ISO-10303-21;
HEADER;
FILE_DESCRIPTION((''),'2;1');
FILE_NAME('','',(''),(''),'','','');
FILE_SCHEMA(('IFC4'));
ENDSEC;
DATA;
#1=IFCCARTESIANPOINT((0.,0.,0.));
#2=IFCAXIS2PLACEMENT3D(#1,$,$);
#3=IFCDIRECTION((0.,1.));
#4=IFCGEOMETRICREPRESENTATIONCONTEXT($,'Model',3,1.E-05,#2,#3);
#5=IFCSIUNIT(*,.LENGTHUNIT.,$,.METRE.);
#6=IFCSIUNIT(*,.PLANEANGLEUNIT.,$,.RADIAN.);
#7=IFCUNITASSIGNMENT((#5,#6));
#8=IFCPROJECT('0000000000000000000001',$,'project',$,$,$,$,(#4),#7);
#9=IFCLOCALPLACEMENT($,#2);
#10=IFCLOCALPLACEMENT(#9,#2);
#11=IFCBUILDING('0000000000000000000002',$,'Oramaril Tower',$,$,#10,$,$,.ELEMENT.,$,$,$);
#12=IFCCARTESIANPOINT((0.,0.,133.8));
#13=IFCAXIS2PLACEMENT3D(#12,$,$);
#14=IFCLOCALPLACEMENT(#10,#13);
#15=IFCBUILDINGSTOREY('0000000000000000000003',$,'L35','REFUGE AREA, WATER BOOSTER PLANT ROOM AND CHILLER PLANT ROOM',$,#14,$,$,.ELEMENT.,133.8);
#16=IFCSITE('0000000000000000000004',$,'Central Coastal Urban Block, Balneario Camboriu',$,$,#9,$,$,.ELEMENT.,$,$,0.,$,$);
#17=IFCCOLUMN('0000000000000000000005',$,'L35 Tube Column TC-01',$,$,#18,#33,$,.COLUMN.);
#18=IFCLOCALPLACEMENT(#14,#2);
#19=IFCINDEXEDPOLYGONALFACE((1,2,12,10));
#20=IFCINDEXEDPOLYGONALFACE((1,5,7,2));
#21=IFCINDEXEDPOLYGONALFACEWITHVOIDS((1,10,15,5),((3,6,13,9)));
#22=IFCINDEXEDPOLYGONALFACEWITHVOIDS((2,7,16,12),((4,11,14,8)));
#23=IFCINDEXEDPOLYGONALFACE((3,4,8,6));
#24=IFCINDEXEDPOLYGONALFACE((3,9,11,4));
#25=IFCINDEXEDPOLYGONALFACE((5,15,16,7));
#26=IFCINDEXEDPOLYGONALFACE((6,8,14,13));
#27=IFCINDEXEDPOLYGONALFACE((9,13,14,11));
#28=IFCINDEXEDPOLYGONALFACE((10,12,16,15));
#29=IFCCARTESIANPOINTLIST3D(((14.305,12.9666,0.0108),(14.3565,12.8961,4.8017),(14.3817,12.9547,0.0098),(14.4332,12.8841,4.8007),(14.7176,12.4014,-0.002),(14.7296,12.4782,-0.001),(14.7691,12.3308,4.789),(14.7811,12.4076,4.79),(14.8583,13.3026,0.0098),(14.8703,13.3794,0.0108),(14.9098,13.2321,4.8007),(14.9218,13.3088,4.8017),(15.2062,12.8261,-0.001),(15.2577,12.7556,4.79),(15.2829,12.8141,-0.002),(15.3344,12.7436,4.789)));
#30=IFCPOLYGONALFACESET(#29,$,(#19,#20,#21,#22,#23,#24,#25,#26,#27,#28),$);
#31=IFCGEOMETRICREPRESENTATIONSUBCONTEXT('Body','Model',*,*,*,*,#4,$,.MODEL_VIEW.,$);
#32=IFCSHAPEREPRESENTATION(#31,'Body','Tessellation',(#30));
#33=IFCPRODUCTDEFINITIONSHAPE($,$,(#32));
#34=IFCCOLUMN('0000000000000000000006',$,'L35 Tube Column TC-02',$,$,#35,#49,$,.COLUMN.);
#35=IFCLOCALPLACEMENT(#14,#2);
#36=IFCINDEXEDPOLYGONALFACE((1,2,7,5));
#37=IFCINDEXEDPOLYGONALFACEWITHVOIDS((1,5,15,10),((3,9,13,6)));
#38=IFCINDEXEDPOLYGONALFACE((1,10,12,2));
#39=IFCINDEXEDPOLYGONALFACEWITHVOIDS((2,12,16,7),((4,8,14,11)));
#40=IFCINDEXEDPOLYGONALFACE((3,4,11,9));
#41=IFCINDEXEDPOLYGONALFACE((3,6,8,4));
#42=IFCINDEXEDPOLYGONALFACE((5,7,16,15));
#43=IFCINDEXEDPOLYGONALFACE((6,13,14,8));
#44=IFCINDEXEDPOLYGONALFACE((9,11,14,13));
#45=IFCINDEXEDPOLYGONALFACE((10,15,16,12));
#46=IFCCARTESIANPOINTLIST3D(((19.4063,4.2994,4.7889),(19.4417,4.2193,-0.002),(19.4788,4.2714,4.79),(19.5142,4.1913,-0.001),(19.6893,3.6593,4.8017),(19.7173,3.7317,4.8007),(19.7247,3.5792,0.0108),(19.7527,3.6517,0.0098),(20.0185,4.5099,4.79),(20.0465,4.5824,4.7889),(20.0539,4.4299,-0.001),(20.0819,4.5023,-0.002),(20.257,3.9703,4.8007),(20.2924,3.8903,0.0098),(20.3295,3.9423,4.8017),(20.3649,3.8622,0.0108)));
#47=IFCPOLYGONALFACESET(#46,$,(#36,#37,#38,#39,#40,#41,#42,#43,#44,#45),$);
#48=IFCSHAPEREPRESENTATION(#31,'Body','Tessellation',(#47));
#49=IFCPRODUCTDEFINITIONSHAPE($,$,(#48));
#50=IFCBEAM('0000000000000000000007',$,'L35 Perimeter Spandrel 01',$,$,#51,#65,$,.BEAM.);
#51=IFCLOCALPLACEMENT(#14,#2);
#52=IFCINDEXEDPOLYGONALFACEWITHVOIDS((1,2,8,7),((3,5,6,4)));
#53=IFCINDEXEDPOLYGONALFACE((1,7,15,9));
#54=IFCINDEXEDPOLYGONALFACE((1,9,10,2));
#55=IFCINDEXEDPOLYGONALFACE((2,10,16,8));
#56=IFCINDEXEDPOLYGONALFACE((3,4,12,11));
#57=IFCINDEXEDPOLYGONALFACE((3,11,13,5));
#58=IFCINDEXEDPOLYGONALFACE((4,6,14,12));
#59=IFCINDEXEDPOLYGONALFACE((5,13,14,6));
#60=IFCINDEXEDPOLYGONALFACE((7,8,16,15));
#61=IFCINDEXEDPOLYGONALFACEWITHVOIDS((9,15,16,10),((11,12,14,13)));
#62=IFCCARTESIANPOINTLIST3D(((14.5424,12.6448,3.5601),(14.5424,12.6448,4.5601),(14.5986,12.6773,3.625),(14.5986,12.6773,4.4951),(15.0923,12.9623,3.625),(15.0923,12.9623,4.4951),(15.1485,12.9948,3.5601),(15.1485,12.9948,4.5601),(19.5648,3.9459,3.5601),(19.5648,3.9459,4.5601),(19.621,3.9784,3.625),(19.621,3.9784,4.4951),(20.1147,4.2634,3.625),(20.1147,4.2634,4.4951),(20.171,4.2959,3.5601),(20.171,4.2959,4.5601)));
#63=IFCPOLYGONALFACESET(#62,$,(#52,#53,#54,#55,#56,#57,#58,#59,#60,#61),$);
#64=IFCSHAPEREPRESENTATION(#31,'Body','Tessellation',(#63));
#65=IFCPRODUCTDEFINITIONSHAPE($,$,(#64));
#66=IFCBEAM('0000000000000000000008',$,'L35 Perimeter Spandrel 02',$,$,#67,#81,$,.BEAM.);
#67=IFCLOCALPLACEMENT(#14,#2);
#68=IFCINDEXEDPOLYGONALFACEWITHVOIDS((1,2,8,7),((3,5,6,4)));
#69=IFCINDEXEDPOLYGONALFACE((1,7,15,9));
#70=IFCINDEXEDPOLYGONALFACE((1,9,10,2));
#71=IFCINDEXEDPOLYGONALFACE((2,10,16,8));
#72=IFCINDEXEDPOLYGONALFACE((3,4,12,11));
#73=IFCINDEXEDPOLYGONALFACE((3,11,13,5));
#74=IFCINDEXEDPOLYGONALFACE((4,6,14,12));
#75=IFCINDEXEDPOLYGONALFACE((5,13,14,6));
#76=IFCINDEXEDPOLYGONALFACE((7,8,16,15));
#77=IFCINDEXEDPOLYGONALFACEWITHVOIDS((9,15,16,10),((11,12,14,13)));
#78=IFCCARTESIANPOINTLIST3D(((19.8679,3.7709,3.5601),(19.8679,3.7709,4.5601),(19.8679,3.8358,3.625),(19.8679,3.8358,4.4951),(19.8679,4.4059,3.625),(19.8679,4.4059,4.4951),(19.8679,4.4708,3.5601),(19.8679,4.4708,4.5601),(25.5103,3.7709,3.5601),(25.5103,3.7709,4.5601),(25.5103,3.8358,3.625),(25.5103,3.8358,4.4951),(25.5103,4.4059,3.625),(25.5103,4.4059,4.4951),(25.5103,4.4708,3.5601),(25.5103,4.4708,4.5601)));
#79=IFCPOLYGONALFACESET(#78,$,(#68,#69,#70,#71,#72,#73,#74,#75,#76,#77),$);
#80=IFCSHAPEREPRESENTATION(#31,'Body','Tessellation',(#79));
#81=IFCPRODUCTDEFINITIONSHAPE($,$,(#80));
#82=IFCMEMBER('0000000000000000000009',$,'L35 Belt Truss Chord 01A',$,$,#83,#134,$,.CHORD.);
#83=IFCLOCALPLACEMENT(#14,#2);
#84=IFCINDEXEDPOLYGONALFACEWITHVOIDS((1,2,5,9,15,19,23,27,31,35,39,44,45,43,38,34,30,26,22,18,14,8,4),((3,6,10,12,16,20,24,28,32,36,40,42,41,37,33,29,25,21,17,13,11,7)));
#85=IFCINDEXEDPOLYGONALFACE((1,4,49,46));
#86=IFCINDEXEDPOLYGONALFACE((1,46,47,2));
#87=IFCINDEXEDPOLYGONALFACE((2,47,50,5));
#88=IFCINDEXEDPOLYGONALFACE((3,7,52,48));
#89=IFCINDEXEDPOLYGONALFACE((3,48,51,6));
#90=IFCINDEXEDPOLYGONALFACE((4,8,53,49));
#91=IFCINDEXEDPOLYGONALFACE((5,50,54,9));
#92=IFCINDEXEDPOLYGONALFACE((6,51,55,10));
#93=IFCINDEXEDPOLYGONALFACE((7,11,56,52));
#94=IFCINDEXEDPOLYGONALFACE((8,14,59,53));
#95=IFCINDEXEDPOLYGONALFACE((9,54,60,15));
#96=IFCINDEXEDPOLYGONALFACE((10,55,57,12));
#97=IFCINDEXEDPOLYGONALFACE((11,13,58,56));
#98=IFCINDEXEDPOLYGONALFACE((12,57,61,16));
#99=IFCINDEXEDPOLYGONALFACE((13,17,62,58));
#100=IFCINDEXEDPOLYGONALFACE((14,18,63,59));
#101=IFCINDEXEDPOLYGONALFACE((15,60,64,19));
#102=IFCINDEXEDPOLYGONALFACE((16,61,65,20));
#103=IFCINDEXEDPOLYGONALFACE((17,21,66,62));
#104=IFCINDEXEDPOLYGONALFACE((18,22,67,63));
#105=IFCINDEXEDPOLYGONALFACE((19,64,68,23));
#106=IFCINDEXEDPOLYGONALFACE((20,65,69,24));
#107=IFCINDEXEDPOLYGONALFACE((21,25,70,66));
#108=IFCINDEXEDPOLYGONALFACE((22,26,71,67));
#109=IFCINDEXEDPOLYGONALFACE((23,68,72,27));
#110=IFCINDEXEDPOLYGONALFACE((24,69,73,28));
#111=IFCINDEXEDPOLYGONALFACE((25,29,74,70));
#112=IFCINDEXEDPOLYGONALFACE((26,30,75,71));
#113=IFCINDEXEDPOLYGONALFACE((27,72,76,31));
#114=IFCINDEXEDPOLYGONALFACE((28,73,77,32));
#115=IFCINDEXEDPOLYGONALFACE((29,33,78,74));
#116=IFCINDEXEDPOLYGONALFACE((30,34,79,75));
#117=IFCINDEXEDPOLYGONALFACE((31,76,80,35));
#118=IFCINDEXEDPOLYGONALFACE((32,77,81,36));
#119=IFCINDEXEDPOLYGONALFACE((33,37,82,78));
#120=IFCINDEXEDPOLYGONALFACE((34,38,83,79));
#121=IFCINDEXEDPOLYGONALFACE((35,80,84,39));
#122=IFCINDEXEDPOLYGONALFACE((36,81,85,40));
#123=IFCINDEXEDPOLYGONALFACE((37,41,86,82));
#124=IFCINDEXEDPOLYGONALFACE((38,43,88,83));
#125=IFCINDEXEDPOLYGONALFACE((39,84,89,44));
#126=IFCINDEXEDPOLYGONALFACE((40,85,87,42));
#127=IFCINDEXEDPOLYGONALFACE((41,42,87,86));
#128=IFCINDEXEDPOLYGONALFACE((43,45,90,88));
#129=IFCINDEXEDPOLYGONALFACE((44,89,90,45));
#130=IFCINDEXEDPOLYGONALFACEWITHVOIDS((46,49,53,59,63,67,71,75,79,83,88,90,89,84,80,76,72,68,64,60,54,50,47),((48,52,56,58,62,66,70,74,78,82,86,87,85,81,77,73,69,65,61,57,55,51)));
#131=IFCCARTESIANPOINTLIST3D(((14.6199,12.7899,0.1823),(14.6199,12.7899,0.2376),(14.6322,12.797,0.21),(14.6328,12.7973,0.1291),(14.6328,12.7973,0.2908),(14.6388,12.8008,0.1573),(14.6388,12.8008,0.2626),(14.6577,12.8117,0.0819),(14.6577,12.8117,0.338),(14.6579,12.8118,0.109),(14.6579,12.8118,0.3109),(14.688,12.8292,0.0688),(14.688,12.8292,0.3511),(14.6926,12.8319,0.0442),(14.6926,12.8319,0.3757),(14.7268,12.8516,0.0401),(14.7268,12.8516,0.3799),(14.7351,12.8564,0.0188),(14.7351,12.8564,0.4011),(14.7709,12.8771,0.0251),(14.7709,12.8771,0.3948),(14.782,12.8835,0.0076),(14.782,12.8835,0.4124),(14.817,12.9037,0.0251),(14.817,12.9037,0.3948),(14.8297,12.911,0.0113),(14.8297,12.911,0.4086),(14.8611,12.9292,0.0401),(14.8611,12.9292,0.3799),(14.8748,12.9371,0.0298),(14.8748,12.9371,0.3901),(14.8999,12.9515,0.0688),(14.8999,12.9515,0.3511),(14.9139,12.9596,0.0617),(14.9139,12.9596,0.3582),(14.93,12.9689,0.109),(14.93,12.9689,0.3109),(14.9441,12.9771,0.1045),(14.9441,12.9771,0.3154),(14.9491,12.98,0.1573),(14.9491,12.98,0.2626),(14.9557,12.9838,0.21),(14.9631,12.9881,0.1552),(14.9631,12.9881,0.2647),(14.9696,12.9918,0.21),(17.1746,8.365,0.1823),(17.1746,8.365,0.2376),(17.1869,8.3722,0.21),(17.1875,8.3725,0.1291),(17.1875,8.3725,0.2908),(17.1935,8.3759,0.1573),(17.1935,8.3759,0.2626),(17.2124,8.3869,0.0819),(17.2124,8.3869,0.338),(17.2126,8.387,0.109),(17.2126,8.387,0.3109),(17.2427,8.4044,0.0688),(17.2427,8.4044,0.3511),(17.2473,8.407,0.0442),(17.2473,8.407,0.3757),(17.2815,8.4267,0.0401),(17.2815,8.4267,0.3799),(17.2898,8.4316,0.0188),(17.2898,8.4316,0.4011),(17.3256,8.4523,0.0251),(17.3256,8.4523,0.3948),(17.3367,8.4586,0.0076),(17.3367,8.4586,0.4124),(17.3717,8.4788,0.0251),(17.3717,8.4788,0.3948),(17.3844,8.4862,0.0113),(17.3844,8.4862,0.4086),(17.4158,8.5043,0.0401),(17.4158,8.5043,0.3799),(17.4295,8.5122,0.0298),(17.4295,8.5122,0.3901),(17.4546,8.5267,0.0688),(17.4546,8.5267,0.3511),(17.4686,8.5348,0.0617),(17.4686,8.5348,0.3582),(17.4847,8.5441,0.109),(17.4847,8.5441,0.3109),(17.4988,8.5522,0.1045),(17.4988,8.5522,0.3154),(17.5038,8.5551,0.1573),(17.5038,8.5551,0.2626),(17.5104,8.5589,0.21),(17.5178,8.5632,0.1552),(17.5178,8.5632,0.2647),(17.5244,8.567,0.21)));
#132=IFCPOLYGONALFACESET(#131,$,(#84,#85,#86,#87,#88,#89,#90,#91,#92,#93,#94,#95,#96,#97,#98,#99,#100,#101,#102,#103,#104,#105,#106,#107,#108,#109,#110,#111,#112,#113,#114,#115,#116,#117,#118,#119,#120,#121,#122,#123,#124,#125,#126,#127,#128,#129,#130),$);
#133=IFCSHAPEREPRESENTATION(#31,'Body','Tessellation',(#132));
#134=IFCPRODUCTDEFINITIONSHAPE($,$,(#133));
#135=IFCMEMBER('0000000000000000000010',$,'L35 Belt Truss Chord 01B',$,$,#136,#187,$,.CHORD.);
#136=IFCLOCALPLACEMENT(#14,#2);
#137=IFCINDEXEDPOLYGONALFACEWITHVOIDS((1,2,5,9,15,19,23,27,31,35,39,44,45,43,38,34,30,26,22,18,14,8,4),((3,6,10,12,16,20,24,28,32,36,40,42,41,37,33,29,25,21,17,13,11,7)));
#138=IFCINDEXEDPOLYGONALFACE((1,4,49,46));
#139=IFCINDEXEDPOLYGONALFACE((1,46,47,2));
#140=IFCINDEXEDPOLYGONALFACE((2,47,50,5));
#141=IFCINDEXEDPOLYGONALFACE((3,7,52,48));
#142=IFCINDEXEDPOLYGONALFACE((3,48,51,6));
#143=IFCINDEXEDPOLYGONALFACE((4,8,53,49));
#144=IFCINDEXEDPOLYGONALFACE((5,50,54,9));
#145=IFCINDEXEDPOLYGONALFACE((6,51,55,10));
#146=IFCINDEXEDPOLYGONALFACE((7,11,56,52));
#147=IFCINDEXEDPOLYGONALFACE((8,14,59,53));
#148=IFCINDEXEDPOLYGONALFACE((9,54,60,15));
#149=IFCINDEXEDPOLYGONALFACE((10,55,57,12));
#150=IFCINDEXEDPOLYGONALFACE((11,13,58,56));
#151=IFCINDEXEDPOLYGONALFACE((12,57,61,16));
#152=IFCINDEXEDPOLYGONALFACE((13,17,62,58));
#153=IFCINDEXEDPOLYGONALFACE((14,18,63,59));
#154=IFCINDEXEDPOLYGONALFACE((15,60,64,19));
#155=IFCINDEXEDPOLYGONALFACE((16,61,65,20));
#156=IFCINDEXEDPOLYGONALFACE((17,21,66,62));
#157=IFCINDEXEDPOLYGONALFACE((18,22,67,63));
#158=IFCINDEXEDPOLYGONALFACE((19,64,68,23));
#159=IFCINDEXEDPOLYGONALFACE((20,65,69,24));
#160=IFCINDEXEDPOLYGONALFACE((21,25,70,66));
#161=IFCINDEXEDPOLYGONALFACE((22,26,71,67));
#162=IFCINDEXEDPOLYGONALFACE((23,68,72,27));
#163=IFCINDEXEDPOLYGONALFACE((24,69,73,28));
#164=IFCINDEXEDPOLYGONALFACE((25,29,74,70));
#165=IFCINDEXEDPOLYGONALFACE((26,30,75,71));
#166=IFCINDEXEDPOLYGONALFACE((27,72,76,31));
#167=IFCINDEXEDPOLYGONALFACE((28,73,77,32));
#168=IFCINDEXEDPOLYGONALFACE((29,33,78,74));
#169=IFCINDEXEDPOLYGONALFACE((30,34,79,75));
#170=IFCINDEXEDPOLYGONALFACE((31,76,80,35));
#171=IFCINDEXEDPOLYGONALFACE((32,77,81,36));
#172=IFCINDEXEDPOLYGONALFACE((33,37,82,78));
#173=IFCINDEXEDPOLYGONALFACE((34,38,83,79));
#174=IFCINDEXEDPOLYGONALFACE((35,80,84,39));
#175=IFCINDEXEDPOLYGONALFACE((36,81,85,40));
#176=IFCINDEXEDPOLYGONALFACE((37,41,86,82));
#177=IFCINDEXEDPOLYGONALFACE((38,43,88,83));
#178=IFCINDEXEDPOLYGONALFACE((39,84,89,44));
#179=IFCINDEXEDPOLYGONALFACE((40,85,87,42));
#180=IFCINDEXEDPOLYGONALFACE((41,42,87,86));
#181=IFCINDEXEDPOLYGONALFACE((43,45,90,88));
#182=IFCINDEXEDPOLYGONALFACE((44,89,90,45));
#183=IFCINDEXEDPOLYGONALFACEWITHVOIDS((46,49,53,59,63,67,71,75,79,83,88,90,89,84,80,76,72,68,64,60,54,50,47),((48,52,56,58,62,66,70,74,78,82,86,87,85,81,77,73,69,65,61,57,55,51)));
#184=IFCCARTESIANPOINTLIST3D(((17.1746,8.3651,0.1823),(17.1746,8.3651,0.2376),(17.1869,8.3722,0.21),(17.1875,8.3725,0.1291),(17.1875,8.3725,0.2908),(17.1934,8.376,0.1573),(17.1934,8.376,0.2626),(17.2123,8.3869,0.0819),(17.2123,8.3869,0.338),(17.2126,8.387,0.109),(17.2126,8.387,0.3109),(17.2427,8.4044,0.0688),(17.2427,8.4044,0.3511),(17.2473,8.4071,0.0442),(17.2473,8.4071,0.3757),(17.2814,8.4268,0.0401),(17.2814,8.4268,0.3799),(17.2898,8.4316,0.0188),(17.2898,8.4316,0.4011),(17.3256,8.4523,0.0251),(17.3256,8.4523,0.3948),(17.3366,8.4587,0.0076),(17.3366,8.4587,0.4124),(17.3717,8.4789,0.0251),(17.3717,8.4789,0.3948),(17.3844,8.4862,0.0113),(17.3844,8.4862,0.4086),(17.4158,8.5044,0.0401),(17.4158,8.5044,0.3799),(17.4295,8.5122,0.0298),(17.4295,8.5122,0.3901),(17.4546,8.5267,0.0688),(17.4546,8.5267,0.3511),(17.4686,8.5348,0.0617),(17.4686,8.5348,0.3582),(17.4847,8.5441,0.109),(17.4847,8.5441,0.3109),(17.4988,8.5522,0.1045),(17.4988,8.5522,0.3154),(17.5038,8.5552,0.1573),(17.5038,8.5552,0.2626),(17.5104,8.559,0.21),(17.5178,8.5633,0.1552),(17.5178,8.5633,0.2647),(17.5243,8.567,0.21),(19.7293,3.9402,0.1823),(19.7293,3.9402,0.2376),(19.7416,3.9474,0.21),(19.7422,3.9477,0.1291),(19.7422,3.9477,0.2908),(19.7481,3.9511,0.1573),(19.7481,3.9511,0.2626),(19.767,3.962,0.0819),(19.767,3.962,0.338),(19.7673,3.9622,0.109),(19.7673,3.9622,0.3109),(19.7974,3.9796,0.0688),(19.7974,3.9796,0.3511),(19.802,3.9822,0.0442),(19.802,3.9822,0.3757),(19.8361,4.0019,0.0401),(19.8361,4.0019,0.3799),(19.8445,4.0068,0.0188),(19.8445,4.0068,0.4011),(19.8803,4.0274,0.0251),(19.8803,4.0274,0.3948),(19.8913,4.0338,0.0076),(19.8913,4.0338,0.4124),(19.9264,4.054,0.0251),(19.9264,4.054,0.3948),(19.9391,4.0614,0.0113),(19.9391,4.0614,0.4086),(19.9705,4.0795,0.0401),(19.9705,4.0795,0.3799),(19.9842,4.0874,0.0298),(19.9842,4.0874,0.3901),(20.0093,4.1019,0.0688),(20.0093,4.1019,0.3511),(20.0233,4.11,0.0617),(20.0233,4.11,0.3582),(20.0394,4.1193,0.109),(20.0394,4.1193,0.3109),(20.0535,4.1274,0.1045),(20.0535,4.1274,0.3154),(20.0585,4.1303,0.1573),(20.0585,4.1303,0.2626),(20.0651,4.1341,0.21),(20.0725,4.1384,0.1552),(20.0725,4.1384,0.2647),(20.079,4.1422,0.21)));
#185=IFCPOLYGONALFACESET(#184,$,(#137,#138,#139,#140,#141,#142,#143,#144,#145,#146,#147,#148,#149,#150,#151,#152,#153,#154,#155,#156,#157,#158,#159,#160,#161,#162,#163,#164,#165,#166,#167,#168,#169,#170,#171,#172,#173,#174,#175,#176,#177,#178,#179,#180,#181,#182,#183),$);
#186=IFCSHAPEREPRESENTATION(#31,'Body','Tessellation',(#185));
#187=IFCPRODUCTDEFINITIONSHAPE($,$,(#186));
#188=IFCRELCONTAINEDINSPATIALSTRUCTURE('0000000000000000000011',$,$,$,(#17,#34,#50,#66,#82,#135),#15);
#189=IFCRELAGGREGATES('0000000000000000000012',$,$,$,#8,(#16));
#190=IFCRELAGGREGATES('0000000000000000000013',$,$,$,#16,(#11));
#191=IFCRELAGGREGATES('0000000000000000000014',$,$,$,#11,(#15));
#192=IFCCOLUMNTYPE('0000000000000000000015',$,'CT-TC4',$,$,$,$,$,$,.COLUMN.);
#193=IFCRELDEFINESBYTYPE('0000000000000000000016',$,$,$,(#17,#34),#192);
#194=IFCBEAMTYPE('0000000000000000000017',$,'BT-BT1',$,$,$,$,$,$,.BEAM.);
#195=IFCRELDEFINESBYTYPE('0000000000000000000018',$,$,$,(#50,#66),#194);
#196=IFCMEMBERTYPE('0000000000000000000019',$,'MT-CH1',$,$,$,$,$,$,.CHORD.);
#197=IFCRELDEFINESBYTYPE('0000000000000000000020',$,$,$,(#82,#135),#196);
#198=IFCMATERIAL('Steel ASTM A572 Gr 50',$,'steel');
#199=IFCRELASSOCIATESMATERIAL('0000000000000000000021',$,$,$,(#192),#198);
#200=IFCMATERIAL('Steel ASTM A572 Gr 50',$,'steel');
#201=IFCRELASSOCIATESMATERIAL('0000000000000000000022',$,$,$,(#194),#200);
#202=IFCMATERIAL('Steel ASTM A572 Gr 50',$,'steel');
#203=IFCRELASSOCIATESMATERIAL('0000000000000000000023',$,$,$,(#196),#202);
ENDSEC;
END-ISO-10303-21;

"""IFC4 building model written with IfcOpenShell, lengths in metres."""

from ifc_helpers import new_model, si_unit, direction, frame, origin, origin_2d, place, context, subcontext, project, spatial, hollow_rectangle, hollow_circle, extrude, material, material_profile, profile_set, type_object, element, save


model = new_model("IFC4")

# Units and contexts
model_context = context("Model", 3, precision=1e-05, world=origin(), true_north=direction((0.0, 1.0)))
body_context = subcontext(model_context, "Body", "Model", "MODEL_VIEW")
ifc_project = project(units=[si_unit("LENGTHUNIT", "METRE"), si_unit("PLANEANGLEUNIT", "RADIAN")], contexts=[model_context])

# Site, building, storey
site_placement = place(None, origin())
site = spatial("IfcSite", under=ifc_project, at=site_placement, Name="Central Coastal Urban Block, Balneario Camboriu", CompositionType="ELEMENT", RefElevation=0.0)
building_placement = place(site_placement, origin())
building = spatial("IfcBuilding", under=site, at=building_placement, Name="Oramaril Tower", CompositionType="ELEMENT")
storey_placement = place(building_placement, frame((0.0, 0.0, 133.8)))
storey = spatial("IfcBuildingStorey", under=building, at=storey_placement, Name="L35", Description="REFUGE AREA, WATER BOOSTER PLANT ROOM AND CHILLER PLANT ROOM", CompositionType="ELEMENT", Elevation=133.8)

# Columns
ifc_material_1 = material(Name="Steel ASTM A572 Gr 50", Category="steel")
ifc_material_profile_1 = material_profile(ifc_material_1, hollow_rectangle(XDim=0.7, YDim=0.7, WallThickness=0.0549, at=origin_2d()), Name="BOX700X700X55")
ifc_profile_set_1 = profile_set([ifc_material_profile_1], Name="Steel ASTM A572 Gr 50")
column_type = type_object("IfcColumnType", Name="CT-TC4", PredefinedType="COLUMN", material=ifc_profile_set_1)
for number, where, z_axis, x_axis, name in (
    (1, (14.7939, 12.8904, 0.0044), (0.01075, -0.014724, 0.999834), (0.807647, 0.589666, 0.0), "L35 Tube Column TC-01"),
    (2, (19.9033, 4.0408, 0.0044), (-0.007388, 0.016711, 0.999833), (-0.914615, -0.404327, 0.0), "L35 Tube Column TC-02"),
):
    element("IfcColumn", number, at=place(storey_placement, frame(where, z_axis=z_axis, x_axis=x_axis)), inside=storey, type_object=column_type, Name=name, PredefinedType="COLUMN", context=body_context, shape_type="SweptSolid", body=[
        extrude(hollow_rectangle(XDim=0.7, YDim=0.7, WallThickness=0.0549, at=origin_2d()), origin(), (0.0, 0.0, 1.0), 4.7917),
    ])

# Beams
ifc_material_2 = material(Name="Steel ASTM A572 Gr 50", Category="steel")
ifc_material_profile_2 = material_profile(ifc_material_2, hollow_rectangle(XDim=0.7, YDim=1.0, WallThickness=0.0649, at=origin_2d()), Name="BOX1000X700X65")
ifc_profile_set_2 = profile_set([ifc_material_profile_2], Name="Steel ASTM A572 Gr 50")
beam_type = type_object("IfcBeamType", Name="BT-BT1", PredefinedType="BEAM", material=ifc_profile_set_2)
beam_1_placement = place(storey_placement, frame((14.8455, 12.8198, 4.0601), z_axis=(0.500008, -0.866021, 0.0), x_axis=(0.866021, 0.500008, 0.0)))
element("IfcBeam", 3, at=beam_1_placement, inside=storey, type_object=beam_type, Name="L35 Perimeter Spandrel 01", PredefinedType="BEAM", context=body_context, shape_type="SweptSolid", body=[
    extrude(hollow_rectangle(XDim=0.7, YDim=1.0, WallThickness=0.0649, at=origin_2d()), origin(), (0.0, 0.0, 1.0), 10.0447),
])
beam_2_placement = place(storey_placement, frame((19.8679, 4.1208, 4.0601), z_axis=(1.0, 0.0, 0.0), x_axis=(0.0, 1.0, 0.0)))
element("IfcBeam", 4, at=beam_2_placement, inside=storey, type_object=beam_type, Name="L35 Perimeter Spandrel 02", PredefinedType="BEAM", context=body_context, shape_type="SweptSolid", body=[
    extrude(hollow_rectangle(XDim=0.7, YDim=1.0, WallThickness=0.0649, at=origin_2d()), origin(), (0.0, 0.0, 1.0), 5.6423),
])

# Members
ifc_material_3 = material(Name="Steel ASTM A572 Gr 50", Category="steel")
ifc_material_profile_3 = material_profile(ifc_material_3, hollow_circle(Radius=0.2029, WallThickness=0.0161, at=origin_2d()), Name="CHS406X16")
ifc_profile_set_3 = profile_set([ifc_material_profile_3], Name="Steel ASTM A572 Gr 50")
member_type_1 = type_object("IfcMemberType", Name="MT-CH1", PredefinedType="CHORD", material=ifc_profile_set_3)
for number, where, z_axis, x_axis, name in (
    (5, (14.7939, 12.8904, 0.21), (0.500004, -0.866023, 0.0), (0.866023, 0.500004, 0.0), "L35 Belt Truss Chord 01A"),
    (6, (17.3486, 8.4656, 0.21), (0.500004, -0.866023, 0.0), (0.866023, 0.500004, 0.0), "L35 Belt Truss Chord 01B"),
):
    element("IfcMember", number, at=place(storey_placement, frame(where, z_axis=z_axis, x_axis=x_axis)), inside=storey, type_object=member_type_1, Name=name, PredefinedType="CHORD", context=body_context, shape_type="SweptSolid", body=[
        extrude(hollow_circle(Radius=0.2029, WallThickness=0.0161, at=origin_2d()), origin(), (0.0, 0.0, 1.0), 5.1094),
    ])

save(model, "model.ifc")
